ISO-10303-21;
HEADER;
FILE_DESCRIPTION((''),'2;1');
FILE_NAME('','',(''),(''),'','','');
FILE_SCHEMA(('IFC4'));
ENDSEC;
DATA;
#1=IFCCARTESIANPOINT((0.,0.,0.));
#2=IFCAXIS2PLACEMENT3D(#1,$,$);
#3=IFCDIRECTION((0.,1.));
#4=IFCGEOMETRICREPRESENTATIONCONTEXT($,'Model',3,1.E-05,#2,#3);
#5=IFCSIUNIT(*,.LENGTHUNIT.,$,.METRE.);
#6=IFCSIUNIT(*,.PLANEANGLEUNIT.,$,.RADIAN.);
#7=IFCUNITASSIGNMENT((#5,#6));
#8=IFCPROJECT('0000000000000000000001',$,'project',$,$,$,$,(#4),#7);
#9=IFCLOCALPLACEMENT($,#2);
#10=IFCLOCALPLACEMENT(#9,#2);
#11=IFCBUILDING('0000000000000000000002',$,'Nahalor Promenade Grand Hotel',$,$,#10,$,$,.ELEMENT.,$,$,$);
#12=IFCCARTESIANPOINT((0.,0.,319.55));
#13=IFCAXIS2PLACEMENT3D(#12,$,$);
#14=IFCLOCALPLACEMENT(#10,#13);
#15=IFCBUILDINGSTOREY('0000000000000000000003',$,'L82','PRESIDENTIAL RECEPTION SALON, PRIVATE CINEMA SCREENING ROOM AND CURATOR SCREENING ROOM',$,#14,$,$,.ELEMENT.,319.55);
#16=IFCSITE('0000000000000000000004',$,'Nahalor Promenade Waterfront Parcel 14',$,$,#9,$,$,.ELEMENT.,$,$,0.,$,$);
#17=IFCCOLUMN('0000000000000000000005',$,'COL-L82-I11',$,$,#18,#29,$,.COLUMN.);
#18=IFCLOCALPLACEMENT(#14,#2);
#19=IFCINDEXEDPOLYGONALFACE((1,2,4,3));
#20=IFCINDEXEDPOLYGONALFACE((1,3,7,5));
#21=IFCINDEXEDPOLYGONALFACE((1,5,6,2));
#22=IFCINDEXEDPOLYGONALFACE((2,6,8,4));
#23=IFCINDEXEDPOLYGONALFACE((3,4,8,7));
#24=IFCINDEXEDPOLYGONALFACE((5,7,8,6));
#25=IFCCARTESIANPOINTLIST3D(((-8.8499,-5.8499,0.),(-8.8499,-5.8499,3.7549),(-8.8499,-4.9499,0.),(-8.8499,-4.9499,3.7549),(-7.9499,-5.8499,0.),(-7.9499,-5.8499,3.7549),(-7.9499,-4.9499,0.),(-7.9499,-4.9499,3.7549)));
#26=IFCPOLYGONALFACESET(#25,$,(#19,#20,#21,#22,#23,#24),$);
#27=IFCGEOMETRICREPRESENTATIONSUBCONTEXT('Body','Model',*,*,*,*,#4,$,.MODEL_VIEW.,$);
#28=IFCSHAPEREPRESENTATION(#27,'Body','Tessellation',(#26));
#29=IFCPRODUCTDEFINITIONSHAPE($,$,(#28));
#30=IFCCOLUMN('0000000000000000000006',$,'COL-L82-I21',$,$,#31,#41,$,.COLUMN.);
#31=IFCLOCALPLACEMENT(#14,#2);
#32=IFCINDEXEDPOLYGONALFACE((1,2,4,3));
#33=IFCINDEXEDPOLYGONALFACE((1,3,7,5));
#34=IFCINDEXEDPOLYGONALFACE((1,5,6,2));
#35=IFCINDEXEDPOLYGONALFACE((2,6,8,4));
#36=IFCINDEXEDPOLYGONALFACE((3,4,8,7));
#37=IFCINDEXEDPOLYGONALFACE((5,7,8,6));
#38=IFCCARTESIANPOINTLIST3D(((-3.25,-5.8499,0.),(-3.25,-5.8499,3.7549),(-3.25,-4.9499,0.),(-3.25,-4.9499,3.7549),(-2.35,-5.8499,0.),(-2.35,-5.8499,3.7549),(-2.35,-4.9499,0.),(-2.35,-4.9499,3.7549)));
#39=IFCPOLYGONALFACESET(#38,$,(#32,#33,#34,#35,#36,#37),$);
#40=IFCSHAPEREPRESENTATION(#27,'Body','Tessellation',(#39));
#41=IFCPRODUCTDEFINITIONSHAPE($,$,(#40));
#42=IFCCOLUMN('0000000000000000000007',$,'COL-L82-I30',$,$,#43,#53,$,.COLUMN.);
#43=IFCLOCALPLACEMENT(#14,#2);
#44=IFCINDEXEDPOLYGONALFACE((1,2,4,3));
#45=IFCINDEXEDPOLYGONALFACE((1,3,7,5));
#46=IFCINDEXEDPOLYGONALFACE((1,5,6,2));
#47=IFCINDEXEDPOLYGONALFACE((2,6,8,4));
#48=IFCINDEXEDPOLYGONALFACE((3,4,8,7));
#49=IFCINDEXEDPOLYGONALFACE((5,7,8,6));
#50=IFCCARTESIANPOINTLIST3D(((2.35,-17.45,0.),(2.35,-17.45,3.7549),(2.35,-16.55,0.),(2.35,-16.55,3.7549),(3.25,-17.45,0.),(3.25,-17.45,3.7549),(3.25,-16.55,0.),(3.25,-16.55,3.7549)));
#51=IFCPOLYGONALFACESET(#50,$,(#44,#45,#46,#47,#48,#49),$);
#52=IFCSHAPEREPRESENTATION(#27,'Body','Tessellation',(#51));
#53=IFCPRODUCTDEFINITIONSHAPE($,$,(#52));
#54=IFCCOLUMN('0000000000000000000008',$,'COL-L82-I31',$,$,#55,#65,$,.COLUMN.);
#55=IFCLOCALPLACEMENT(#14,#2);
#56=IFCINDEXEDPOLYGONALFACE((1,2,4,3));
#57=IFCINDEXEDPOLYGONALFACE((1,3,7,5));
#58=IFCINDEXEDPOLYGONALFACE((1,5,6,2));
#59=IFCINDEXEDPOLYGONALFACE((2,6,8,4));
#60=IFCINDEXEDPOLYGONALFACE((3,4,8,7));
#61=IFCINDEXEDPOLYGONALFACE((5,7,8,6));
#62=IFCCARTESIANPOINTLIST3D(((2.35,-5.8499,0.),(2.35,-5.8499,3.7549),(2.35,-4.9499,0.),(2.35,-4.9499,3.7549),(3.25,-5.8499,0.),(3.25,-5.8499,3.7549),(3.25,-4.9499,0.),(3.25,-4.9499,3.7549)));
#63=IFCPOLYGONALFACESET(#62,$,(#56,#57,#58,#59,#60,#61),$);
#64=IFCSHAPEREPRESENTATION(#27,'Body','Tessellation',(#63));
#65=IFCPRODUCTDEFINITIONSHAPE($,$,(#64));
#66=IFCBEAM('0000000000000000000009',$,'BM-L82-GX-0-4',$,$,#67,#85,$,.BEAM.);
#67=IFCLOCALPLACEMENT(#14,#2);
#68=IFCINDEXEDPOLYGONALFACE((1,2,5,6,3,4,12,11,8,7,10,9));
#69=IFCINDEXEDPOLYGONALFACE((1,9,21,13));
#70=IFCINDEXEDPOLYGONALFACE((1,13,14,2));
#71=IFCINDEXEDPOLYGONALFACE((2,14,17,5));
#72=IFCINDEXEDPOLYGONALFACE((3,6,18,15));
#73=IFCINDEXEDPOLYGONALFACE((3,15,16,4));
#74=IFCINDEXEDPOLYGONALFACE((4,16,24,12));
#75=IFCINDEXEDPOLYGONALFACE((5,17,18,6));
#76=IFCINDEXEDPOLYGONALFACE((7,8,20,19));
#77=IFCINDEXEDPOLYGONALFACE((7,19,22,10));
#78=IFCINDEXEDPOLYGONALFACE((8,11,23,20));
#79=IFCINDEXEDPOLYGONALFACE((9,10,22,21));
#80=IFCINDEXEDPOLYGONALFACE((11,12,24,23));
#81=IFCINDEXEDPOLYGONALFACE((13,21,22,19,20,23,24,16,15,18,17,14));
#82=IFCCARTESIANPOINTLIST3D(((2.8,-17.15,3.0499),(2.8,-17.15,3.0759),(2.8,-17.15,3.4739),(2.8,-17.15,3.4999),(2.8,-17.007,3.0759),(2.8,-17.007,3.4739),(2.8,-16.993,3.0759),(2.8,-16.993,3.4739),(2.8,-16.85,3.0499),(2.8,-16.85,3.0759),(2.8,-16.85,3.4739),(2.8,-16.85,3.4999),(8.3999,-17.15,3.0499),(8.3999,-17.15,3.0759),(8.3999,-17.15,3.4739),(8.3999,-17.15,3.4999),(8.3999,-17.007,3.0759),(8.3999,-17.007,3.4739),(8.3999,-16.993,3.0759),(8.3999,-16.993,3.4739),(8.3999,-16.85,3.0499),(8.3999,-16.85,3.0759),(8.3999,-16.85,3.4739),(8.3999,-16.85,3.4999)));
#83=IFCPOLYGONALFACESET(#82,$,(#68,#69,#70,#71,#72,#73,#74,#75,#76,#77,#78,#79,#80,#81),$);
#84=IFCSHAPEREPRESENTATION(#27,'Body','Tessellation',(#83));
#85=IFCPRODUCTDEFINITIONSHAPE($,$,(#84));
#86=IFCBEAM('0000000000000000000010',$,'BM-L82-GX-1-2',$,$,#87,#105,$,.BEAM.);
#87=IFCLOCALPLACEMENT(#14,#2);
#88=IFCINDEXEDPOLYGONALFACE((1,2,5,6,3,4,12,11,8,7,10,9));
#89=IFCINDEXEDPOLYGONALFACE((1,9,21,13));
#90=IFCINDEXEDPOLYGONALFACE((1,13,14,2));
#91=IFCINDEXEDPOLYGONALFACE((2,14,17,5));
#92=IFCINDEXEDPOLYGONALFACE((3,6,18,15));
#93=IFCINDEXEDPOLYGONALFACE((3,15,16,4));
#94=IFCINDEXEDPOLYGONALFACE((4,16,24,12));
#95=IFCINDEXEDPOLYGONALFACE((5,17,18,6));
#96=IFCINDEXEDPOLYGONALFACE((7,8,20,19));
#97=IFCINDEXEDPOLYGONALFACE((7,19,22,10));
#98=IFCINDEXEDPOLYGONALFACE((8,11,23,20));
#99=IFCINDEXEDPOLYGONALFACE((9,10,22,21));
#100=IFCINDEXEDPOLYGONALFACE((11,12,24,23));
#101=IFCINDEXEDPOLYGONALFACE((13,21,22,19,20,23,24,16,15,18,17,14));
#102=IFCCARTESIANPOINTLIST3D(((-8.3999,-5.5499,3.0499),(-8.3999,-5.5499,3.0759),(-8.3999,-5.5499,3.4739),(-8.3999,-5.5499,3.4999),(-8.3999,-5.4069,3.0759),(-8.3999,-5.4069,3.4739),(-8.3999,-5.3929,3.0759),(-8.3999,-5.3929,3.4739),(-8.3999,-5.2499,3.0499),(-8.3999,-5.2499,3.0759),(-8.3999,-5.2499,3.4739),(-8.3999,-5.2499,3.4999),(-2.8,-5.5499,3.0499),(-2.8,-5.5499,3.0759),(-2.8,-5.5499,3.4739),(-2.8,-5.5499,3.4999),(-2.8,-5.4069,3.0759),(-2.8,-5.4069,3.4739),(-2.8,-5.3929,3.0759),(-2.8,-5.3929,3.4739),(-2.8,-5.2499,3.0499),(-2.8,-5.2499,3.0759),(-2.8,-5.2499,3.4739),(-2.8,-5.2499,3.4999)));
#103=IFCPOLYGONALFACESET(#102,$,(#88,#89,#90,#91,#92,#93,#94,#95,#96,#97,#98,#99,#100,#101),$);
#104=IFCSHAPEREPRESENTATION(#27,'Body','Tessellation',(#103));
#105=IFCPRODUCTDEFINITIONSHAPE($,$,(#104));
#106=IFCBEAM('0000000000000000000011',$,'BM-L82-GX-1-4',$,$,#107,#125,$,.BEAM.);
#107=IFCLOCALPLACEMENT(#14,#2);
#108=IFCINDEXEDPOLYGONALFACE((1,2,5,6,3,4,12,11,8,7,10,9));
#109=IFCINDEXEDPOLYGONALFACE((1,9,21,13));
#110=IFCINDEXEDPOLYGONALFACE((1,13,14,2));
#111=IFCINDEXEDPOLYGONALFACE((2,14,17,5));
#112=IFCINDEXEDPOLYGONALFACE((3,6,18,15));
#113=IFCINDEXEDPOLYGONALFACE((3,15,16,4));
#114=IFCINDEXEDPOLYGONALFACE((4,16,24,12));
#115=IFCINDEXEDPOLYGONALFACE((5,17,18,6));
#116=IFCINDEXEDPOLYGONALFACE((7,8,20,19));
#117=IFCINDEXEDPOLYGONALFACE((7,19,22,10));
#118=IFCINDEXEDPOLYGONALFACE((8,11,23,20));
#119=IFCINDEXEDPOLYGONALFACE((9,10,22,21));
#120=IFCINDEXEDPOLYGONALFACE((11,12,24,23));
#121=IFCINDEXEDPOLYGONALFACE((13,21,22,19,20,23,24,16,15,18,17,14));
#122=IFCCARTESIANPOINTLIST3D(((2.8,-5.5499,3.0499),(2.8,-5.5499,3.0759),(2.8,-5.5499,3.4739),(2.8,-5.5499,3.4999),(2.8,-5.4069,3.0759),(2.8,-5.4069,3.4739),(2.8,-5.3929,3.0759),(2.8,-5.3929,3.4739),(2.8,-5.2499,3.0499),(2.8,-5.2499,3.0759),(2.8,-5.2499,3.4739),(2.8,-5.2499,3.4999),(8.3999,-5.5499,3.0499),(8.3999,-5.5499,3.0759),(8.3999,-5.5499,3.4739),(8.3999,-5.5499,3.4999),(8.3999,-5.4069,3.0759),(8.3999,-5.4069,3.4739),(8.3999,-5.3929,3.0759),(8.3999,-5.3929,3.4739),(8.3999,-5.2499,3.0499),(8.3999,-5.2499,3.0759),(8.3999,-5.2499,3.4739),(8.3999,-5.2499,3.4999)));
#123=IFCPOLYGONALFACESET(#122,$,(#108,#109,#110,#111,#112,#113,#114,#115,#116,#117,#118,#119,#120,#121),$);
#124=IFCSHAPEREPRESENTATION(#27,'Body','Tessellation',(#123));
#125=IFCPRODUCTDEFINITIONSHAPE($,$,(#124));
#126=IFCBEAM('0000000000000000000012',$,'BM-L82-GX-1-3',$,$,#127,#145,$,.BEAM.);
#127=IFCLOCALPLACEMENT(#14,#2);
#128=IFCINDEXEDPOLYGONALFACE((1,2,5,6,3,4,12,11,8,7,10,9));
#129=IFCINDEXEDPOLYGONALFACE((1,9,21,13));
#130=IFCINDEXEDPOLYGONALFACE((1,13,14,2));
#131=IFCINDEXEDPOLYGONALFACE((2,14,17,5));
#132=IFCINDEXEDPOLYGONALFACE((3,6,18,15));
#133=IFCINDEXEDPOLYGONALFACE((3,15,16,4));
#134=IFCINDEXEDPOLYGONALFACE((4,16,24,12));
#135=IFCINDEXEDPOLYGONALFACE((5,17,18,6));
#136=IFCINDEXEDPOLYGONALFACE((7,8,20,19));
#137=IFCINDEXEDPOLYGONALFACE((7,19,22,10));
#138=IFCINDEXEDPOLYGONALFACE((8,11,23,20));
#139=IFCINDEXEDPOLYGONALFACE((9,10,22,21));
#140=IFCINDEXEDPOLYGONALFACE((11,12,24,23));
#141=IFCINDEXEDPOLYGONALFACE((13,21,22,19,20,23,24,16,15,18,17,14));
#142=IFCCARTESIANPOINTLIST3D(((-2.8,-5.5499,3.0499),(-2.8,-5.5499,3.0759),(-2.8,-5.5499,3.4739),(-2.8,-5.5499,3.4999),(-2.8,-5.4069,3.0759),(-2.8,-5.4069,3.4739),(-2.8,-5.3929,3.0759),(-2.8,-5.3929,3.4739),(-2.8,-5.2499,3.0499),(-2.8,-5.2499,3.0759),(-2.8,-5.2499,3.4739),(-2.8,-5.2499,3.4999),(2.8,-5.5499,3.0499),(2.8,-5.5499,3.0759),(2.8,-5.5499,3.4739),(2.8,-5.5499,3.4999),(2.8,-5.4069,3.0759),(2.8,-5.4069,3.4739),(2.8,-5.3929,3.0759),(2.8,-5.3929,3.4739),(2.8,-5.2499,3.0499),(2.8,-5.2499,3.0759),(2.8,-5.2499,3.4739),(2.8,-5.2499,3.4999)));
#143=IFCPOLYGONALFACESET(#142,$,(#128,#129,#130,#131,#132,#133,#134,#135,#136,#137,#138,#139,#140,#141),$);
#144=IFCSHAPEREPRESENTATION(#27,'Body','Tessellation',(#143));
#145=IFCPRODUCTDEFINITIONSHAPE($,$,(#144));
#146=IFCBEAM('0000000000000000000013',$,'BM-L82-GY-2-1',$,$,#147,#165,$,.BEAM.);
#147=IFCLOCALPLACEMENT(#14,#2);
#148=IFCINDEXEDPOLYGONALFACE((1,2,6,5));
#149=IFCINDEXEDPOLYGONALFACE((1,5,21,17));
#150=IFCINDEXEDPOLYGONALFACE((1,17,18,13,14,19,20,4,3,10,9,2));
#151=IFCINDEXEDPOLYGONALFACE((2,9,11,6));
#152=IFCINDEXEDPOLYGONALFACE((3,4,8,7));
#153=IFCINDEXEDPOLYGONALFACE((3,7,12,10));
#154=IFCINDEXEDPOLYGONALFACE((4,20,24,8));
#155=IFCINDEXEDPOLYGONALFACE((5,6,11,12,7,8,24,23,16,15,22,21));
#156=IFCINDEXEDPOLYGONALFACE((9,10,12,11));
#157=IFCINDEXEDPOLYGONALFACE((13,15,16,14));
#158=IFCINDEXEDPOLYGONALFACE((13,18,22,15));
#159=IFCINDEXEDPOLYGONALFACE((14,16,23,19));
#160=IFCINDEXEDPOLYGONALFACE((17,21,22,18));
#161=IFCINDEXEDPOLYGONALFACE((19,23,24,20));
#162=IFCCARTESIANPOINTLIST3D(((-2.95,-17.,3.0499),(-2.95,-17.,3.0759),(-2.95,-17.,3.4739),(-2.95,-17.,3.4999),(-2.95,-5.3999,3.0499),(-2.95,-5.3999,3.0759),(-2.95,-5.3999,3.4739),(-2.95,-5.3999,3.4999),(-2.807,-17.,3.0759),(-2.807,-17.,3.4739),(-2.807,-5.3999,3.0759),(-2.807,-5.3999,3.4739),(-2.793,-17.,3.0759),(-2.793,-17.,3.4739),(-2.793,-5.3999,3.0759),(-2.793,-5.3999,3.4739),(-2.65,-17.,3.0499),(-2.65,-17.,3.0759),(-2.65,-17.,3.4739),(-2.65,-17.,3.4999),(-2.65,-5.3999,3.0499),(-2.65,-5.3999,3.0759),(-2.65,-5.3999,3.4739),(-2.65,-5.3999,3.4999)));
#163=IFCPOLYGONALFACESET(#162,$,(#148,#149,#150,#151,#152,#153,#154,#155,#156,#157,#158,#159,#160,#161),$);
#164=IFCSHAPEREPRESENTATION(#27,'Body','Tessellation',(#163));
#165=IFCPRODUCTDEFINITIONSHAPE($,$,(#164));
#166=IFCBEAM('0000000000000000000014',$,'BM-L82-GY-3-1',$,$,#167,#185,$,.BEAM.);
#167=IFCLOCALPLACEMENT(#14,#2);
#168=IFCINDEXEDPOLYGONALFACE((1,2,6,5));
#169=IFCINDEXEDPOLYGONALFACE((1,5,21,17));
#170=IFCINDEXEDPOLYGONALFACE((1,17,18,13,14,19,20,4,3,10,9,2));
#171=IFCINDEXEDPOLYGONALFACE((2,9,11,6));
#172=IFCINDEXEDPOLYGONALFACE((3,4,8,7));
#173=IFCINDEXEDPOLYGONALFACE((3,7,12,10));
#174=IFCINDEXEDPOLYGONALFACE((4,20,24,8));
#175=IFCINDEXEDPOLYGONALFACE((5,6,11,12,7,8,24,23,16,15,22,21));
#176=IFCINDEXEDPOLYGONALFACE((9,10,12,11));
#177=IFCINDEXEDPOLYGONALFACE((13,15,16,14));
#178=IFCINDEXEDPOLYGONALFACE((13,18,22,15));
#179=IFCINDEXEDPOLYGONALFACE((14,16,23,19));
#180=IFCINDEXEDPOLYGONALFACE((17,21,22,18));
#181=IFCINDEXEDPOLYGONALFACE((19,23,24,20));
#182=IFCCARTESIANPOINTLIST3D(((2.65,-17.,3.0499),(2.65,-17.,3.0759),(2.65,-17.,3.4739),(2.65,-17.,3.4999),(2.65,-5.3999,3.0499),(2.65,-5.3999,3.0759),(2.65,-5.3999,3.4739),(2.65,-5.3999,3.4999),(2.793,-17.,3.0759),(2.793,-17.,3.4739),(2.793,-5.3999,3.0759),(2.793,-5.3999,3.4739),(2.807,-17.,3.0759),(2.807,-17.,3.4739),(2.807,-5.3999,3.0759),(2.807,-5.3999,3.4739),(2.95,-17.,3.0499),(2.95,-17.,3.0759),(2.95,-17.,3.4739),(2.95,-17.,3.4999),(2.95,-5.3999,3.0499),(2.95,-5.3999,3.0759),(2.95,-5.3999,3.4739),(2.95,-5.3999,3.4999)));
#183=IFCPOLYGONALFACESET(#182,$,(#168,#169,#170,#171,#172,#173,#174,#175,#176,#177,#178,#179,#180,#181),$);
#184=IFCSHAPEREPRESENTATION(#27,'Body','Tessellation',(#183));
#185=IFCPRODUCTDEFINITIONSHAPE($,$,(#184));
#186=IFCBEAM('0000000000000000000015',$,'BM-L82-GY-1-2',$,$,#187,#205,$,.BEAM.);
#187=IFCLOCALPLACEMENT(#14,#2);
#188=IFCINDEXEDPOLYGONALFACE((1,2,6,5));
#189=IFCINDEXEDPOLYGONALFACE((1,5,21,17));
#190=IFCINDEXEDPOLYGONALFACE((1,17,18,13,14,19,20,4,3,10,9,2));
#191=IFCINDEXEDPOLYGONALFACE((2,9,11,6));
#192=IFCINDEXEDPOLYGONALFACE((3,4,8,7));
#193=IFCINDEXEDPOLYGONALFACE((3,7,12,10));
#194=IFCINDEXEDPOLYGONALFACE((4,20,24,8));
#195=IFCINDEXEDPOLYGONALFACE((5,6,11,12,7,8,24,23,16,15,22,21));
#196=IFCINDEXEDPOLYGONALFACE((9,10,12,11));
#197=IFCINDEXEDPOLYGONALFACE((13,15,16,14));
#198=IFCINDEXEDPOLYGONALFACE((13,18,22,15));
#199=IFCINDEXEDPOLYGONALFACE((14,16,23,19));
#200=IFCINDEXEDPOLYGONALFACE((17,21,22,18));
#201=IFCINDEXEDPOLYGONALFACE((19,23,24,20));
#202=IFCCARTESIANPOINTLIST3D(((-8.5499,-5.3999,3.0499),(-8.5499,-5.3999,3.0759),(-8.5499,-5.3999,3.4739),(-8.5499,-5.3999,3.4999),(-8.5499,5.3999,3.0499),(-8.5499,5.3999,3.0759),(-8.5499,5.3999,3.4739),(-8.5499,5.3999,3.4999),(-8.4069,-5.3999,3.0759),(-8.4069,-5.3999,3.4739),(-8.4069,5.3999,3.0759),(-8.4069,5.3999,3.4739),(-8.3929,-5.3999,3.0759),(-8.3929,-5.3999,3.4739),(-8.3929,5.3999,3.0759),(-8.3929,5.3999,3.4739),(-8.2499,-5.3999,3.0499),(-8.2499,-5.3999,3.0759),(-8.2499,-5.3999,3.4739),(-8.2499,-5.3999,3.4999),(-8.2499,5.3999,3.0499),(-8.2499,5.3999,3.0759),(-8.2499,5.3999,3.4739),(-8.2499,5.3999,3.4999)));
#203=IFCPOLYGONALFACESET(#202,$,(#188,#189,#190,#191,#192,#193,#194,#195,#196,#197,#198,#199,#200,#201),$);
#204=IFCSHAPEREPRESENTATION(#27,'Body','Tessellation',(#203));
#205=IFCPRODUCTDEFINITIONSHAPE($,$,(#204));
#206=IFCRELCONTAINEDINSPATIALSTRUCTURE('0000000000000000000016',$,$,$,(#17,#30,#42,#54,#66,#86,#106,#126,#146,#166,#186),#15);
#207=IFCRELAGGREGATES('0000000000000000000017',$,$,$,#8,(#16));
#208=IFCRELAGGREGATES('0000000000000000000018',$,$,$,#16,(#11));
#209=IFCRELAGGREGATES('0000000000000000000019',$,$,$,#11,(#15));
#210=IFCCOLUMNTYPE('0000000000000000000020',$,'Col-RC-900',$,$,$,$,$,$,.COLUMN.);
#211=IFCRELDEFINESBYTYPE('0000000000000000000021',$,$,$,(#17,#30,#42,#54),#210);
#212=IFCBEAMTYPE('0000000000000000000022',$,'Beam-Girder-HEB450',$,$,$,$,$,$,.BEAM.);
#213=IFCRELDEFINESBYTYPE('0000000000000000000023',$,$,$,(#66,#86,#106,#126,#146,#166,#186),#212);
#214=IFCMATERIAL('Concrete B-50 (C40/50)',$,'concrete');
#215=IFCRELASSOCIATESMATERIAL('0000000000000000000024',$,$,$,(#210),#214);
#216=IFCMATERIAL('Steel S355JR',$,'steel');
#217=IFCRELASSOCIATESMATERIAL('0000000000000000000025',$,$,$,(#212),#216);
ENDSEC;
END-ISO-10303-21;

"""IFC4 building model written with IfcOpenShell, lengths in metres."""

from ifc_helpers import new_model, si_unit, direction, frame, origin, origin_2d, place, context, subcontext, project, spatial, rectangle, i_section, extrude, source, transform, mapped, material, material_profile, profile_set, type_object, element, save


model = new_model("IFC4")

# Units and contexts
model_context = context("Model", 3, precision=1e-05, world=origin(), true_north=direction((0.0, 1.0)))
body_context = subcontext(model_context, "Body", "Model", "MODEL_VIEW")
ifc_project = project(units=[si_unit("LENGTHUNIT", "METRE"), si_unit("PLANEANGLEUNIT", "RADIAN")], contexts=[model_context])

# Site, building, storey
site_placement = place(None, origin())
site = spatial("IfcSite", under=ifc_project, at=site_placement, Name="Nahalor Promenade Waterfront Parcel 14", CompositionType="ELEMENT", RefElevation=0.0)
building_placement = place(site_placement, origin())
building = spatial("IfcBuilding", under=site, at=building_placement, Name="Nahalor Promenade Grand Hotel", CompositionType="ELEMENT")
storey_placement = place(building_placement, frame((0.0, 0.0, 319.55)))
storey = spatial("IfcBuildingStorey", under=building, at=storey_placement, Name="L82", Description="PRESIDENTIAL RECEPTION SALON, PRIVATE CINEMA SCREENING ROOM AND CURATOR SCREENING ROOM", CompositionType="ELEMENT", Elevation=319.55)

# Columns
ifc_material_1 = material(Name="Concrete B-50 (C40/50)", Category="concrete")
ifc_material_profile_1 = material_profile(ifc_material_1, rectangle(XDim=0.9, YDim=0.9, at=origin_2d()), Name="RC 900x900")
ifc_profile_set_1 = profile_set([ifc_material_profile_1], Name="Concrete B-50 (C40/50)")
column_type = type_object("IfcColumnType", Name="Col-RC-900", PredefinedType="COLUMN", material=ifc_profile_set_1)
shared_shape_1 = source(origin(), body_context, "Body", "SweptSolid", [
    extrude(rectangle(XDim=0.9, YDim=0.9, at=origin_2d()), origin(), (0.0, 0.0, 1.0), 3.7549),
])
for number, where, z_axis, x_axis, name in (
    (1, (-8.3999, -5.3999, 0.0), (0.0, 0.0, 1.0), (1.0, 0.0, 0.0), "COL-L82-I11"),
    (2, (-2.8, -5.3999, 0.0), (0.0, 0.0, 1.0), (1.0, 0.0, 0.0), "COL-L82-I21"),
    (3, (2.8, -17.0, 0.0), (0.0, 0.0, 1.0), (1.0, 0.0, 0.0), "COL-L82-I30"),
    (4, (2.8, -5.3999, 0.0), (0.0, 0.0, 1.0), (1.0, 0.0, 0.0), "COL-L82-I31"),
):
    element("IfcColumn", number, at=place(storey_placement, frame(where, z_axis=z_axis, x_axis=x_axis)), inside=storey, type_object=column_type, Name=name, PredefinedType="COLUMN", context=body_context, shape_type="MappedRepresentation", body=[
        mapped(shared_shape_1, transform((0.0, 0.0, 0.0), scale=1.0)),
    ])

# Beams
ifc_material_2 = material(Name="Steel S355JR", Category="steel")
ifc_material_profile_2 = material_profile(ifc_material_2, i_section(OverallWidth=0.3, OverallDepth=0.45, WebThickness=0.014, FlangeThickness=0.026, at=origin_2d()), Name="HEB 450")
ifc_profile_set_2 = profile_set([ifc_material_profile_2], Name="Steel S355JR")
beam_type = type_object("IfcBeamType", Name="Beam-Girder-HEB450", PredefinedType="BEAM", material=ifc_profile_set_2)
shared_shape_2 = source(origin(), body_context, "Body", "SweptSolid", [
    extrude(i_section(OverallWidth=0.3, OverallDepth=0.45, WebThickness=0.014, FlangeThickness=0.026, at=origin_2d()), origin(), (0.0, 0.0, 1.0), 5.5999),
])
for number, where, z_axis, x_axis, name in (
    (5, (2.8, -17.0, 3.2749), (1.0, 0.0, 0.0), (0.0, 1.0, 0.0), "BM-L82-GX-0-4"),
    (6, (-8.3999, -5.3999, 3.2749), (1.0, 0.0, 0.0), (0.0, 1.0, 0.0), "BM-L82-GX-1-2"),
    (7, (2.8, -5.3999, 3.2749), (1.0, 0.0, 0.0), (0.0, 1.0, 0.0), "BM-L82-GX-1-4"),
):
    element("IfcBeam", number, at=place(storey_placement, frame(where, z_axis=z_axis, x_axis=x_axis)), inside=storey, type_object=beam_type, Name=name, PredefinedType="BEAM", context=body_context, shape_type="MappedRepresentation", body=[
        mapped(shared_shape_2, transform((0.0, 0.0, 0.0), scale=1.0)),
    ])
shared_shape_3 = source(origin(), body_context, "Body", "SweptSolid", [
    extrude(i_section(OverallWidth=0.3, OverallDepth=0.45, WebThickness=0.014, FlangeThickness=0.026, at=origin_2d()), origin(), (0.0, 0.0, 1.0), 5.6001),
])
beam_placement = place(storey_placement, frame((-2.8, -5.3999, 3.2749), z_axis=(1.0, 0.0, 0.0), x_axis=(0.0, 1.0, 0.0)))
element("IfcBeam", 8, at=beam_placement, inside=storey, type_object=beam_type, Name="BM-L82-GX-1-3", PredefinedType="BEAM", context=body_context, shape_type="MappedRepresentation", body=[
    mapped(shared_shape_3, transform((0.0, 0.0, 0.0), scale=1.0)),
])
shared_shape_4 = source(origin(), body_context, "Body", "SweptSolid", [
    extrude(i_section(OverallWidth=0.3, OverallDepth=0.45, WebThickness=0.014, FlangeThickness=0.026, at=origin_2d()), origin(), (0.0, 0.0, 1.0), 11.6001),
])
for number, where, z_axis, x_axis, name in (
    (9, (-2.8, -17.0, 3.2749), (0.0, 1.0, 0.0), (-1.0, 0.0, 0.0), "BM-L82-GY-2-1"),
    (10, (2.8, -17.0, 3.2749), (0.0, 1.0, 0.0), (-1.0, 0.0, 0.0), "BM-L82-GY-3-1"),
):
    element("IfcBeam", number, at=place(storey_placement, frame(where, z_axis=z_axis, x_axis=x_axis)), inside=storey, type_object=beam_type, Name=name, PredefinedType="BEAM", context=body_context, shape_type="MappedRepresentation", body=[
        mapped(shared_shape_4, transform((0.0, 0.0, 0.0), scale=1.0)),
    ])
shared_shape_5 = source(origin(), body_context, "Body", "SweptSolid", [
    extrude(i_section(OverallWidth=0.3, OverallDepth=0.45, WebThickness=0.014, FlangeThickness=0.026, at=origin_2d()), origin(), (0.0, 0.0, 1.0), 10.7998),
])
for number, where, z_axis, x_axis, name in (
    (11, (-8.3999, -5.3999, 3.2749), (0.0, 1.0, 0.0), (-1.0, 0.0, 0.0), "BM-L82-GY-1-2"),
):
    element("IfcBeam", number, at=place(storey_placement, frame(where, z_axis=z_axis, x_axis=x_axis)), inside=storey, type_object=beam_type, Name=name, PredefinedType="BEAM", context=body_context, shape_type="MappedRepresentation", body=[
        mapped(shared_shape_5, transform((0.0, 0.0, 0.0), scale=1.0)),
    ])

save(model, "model.ifc")
